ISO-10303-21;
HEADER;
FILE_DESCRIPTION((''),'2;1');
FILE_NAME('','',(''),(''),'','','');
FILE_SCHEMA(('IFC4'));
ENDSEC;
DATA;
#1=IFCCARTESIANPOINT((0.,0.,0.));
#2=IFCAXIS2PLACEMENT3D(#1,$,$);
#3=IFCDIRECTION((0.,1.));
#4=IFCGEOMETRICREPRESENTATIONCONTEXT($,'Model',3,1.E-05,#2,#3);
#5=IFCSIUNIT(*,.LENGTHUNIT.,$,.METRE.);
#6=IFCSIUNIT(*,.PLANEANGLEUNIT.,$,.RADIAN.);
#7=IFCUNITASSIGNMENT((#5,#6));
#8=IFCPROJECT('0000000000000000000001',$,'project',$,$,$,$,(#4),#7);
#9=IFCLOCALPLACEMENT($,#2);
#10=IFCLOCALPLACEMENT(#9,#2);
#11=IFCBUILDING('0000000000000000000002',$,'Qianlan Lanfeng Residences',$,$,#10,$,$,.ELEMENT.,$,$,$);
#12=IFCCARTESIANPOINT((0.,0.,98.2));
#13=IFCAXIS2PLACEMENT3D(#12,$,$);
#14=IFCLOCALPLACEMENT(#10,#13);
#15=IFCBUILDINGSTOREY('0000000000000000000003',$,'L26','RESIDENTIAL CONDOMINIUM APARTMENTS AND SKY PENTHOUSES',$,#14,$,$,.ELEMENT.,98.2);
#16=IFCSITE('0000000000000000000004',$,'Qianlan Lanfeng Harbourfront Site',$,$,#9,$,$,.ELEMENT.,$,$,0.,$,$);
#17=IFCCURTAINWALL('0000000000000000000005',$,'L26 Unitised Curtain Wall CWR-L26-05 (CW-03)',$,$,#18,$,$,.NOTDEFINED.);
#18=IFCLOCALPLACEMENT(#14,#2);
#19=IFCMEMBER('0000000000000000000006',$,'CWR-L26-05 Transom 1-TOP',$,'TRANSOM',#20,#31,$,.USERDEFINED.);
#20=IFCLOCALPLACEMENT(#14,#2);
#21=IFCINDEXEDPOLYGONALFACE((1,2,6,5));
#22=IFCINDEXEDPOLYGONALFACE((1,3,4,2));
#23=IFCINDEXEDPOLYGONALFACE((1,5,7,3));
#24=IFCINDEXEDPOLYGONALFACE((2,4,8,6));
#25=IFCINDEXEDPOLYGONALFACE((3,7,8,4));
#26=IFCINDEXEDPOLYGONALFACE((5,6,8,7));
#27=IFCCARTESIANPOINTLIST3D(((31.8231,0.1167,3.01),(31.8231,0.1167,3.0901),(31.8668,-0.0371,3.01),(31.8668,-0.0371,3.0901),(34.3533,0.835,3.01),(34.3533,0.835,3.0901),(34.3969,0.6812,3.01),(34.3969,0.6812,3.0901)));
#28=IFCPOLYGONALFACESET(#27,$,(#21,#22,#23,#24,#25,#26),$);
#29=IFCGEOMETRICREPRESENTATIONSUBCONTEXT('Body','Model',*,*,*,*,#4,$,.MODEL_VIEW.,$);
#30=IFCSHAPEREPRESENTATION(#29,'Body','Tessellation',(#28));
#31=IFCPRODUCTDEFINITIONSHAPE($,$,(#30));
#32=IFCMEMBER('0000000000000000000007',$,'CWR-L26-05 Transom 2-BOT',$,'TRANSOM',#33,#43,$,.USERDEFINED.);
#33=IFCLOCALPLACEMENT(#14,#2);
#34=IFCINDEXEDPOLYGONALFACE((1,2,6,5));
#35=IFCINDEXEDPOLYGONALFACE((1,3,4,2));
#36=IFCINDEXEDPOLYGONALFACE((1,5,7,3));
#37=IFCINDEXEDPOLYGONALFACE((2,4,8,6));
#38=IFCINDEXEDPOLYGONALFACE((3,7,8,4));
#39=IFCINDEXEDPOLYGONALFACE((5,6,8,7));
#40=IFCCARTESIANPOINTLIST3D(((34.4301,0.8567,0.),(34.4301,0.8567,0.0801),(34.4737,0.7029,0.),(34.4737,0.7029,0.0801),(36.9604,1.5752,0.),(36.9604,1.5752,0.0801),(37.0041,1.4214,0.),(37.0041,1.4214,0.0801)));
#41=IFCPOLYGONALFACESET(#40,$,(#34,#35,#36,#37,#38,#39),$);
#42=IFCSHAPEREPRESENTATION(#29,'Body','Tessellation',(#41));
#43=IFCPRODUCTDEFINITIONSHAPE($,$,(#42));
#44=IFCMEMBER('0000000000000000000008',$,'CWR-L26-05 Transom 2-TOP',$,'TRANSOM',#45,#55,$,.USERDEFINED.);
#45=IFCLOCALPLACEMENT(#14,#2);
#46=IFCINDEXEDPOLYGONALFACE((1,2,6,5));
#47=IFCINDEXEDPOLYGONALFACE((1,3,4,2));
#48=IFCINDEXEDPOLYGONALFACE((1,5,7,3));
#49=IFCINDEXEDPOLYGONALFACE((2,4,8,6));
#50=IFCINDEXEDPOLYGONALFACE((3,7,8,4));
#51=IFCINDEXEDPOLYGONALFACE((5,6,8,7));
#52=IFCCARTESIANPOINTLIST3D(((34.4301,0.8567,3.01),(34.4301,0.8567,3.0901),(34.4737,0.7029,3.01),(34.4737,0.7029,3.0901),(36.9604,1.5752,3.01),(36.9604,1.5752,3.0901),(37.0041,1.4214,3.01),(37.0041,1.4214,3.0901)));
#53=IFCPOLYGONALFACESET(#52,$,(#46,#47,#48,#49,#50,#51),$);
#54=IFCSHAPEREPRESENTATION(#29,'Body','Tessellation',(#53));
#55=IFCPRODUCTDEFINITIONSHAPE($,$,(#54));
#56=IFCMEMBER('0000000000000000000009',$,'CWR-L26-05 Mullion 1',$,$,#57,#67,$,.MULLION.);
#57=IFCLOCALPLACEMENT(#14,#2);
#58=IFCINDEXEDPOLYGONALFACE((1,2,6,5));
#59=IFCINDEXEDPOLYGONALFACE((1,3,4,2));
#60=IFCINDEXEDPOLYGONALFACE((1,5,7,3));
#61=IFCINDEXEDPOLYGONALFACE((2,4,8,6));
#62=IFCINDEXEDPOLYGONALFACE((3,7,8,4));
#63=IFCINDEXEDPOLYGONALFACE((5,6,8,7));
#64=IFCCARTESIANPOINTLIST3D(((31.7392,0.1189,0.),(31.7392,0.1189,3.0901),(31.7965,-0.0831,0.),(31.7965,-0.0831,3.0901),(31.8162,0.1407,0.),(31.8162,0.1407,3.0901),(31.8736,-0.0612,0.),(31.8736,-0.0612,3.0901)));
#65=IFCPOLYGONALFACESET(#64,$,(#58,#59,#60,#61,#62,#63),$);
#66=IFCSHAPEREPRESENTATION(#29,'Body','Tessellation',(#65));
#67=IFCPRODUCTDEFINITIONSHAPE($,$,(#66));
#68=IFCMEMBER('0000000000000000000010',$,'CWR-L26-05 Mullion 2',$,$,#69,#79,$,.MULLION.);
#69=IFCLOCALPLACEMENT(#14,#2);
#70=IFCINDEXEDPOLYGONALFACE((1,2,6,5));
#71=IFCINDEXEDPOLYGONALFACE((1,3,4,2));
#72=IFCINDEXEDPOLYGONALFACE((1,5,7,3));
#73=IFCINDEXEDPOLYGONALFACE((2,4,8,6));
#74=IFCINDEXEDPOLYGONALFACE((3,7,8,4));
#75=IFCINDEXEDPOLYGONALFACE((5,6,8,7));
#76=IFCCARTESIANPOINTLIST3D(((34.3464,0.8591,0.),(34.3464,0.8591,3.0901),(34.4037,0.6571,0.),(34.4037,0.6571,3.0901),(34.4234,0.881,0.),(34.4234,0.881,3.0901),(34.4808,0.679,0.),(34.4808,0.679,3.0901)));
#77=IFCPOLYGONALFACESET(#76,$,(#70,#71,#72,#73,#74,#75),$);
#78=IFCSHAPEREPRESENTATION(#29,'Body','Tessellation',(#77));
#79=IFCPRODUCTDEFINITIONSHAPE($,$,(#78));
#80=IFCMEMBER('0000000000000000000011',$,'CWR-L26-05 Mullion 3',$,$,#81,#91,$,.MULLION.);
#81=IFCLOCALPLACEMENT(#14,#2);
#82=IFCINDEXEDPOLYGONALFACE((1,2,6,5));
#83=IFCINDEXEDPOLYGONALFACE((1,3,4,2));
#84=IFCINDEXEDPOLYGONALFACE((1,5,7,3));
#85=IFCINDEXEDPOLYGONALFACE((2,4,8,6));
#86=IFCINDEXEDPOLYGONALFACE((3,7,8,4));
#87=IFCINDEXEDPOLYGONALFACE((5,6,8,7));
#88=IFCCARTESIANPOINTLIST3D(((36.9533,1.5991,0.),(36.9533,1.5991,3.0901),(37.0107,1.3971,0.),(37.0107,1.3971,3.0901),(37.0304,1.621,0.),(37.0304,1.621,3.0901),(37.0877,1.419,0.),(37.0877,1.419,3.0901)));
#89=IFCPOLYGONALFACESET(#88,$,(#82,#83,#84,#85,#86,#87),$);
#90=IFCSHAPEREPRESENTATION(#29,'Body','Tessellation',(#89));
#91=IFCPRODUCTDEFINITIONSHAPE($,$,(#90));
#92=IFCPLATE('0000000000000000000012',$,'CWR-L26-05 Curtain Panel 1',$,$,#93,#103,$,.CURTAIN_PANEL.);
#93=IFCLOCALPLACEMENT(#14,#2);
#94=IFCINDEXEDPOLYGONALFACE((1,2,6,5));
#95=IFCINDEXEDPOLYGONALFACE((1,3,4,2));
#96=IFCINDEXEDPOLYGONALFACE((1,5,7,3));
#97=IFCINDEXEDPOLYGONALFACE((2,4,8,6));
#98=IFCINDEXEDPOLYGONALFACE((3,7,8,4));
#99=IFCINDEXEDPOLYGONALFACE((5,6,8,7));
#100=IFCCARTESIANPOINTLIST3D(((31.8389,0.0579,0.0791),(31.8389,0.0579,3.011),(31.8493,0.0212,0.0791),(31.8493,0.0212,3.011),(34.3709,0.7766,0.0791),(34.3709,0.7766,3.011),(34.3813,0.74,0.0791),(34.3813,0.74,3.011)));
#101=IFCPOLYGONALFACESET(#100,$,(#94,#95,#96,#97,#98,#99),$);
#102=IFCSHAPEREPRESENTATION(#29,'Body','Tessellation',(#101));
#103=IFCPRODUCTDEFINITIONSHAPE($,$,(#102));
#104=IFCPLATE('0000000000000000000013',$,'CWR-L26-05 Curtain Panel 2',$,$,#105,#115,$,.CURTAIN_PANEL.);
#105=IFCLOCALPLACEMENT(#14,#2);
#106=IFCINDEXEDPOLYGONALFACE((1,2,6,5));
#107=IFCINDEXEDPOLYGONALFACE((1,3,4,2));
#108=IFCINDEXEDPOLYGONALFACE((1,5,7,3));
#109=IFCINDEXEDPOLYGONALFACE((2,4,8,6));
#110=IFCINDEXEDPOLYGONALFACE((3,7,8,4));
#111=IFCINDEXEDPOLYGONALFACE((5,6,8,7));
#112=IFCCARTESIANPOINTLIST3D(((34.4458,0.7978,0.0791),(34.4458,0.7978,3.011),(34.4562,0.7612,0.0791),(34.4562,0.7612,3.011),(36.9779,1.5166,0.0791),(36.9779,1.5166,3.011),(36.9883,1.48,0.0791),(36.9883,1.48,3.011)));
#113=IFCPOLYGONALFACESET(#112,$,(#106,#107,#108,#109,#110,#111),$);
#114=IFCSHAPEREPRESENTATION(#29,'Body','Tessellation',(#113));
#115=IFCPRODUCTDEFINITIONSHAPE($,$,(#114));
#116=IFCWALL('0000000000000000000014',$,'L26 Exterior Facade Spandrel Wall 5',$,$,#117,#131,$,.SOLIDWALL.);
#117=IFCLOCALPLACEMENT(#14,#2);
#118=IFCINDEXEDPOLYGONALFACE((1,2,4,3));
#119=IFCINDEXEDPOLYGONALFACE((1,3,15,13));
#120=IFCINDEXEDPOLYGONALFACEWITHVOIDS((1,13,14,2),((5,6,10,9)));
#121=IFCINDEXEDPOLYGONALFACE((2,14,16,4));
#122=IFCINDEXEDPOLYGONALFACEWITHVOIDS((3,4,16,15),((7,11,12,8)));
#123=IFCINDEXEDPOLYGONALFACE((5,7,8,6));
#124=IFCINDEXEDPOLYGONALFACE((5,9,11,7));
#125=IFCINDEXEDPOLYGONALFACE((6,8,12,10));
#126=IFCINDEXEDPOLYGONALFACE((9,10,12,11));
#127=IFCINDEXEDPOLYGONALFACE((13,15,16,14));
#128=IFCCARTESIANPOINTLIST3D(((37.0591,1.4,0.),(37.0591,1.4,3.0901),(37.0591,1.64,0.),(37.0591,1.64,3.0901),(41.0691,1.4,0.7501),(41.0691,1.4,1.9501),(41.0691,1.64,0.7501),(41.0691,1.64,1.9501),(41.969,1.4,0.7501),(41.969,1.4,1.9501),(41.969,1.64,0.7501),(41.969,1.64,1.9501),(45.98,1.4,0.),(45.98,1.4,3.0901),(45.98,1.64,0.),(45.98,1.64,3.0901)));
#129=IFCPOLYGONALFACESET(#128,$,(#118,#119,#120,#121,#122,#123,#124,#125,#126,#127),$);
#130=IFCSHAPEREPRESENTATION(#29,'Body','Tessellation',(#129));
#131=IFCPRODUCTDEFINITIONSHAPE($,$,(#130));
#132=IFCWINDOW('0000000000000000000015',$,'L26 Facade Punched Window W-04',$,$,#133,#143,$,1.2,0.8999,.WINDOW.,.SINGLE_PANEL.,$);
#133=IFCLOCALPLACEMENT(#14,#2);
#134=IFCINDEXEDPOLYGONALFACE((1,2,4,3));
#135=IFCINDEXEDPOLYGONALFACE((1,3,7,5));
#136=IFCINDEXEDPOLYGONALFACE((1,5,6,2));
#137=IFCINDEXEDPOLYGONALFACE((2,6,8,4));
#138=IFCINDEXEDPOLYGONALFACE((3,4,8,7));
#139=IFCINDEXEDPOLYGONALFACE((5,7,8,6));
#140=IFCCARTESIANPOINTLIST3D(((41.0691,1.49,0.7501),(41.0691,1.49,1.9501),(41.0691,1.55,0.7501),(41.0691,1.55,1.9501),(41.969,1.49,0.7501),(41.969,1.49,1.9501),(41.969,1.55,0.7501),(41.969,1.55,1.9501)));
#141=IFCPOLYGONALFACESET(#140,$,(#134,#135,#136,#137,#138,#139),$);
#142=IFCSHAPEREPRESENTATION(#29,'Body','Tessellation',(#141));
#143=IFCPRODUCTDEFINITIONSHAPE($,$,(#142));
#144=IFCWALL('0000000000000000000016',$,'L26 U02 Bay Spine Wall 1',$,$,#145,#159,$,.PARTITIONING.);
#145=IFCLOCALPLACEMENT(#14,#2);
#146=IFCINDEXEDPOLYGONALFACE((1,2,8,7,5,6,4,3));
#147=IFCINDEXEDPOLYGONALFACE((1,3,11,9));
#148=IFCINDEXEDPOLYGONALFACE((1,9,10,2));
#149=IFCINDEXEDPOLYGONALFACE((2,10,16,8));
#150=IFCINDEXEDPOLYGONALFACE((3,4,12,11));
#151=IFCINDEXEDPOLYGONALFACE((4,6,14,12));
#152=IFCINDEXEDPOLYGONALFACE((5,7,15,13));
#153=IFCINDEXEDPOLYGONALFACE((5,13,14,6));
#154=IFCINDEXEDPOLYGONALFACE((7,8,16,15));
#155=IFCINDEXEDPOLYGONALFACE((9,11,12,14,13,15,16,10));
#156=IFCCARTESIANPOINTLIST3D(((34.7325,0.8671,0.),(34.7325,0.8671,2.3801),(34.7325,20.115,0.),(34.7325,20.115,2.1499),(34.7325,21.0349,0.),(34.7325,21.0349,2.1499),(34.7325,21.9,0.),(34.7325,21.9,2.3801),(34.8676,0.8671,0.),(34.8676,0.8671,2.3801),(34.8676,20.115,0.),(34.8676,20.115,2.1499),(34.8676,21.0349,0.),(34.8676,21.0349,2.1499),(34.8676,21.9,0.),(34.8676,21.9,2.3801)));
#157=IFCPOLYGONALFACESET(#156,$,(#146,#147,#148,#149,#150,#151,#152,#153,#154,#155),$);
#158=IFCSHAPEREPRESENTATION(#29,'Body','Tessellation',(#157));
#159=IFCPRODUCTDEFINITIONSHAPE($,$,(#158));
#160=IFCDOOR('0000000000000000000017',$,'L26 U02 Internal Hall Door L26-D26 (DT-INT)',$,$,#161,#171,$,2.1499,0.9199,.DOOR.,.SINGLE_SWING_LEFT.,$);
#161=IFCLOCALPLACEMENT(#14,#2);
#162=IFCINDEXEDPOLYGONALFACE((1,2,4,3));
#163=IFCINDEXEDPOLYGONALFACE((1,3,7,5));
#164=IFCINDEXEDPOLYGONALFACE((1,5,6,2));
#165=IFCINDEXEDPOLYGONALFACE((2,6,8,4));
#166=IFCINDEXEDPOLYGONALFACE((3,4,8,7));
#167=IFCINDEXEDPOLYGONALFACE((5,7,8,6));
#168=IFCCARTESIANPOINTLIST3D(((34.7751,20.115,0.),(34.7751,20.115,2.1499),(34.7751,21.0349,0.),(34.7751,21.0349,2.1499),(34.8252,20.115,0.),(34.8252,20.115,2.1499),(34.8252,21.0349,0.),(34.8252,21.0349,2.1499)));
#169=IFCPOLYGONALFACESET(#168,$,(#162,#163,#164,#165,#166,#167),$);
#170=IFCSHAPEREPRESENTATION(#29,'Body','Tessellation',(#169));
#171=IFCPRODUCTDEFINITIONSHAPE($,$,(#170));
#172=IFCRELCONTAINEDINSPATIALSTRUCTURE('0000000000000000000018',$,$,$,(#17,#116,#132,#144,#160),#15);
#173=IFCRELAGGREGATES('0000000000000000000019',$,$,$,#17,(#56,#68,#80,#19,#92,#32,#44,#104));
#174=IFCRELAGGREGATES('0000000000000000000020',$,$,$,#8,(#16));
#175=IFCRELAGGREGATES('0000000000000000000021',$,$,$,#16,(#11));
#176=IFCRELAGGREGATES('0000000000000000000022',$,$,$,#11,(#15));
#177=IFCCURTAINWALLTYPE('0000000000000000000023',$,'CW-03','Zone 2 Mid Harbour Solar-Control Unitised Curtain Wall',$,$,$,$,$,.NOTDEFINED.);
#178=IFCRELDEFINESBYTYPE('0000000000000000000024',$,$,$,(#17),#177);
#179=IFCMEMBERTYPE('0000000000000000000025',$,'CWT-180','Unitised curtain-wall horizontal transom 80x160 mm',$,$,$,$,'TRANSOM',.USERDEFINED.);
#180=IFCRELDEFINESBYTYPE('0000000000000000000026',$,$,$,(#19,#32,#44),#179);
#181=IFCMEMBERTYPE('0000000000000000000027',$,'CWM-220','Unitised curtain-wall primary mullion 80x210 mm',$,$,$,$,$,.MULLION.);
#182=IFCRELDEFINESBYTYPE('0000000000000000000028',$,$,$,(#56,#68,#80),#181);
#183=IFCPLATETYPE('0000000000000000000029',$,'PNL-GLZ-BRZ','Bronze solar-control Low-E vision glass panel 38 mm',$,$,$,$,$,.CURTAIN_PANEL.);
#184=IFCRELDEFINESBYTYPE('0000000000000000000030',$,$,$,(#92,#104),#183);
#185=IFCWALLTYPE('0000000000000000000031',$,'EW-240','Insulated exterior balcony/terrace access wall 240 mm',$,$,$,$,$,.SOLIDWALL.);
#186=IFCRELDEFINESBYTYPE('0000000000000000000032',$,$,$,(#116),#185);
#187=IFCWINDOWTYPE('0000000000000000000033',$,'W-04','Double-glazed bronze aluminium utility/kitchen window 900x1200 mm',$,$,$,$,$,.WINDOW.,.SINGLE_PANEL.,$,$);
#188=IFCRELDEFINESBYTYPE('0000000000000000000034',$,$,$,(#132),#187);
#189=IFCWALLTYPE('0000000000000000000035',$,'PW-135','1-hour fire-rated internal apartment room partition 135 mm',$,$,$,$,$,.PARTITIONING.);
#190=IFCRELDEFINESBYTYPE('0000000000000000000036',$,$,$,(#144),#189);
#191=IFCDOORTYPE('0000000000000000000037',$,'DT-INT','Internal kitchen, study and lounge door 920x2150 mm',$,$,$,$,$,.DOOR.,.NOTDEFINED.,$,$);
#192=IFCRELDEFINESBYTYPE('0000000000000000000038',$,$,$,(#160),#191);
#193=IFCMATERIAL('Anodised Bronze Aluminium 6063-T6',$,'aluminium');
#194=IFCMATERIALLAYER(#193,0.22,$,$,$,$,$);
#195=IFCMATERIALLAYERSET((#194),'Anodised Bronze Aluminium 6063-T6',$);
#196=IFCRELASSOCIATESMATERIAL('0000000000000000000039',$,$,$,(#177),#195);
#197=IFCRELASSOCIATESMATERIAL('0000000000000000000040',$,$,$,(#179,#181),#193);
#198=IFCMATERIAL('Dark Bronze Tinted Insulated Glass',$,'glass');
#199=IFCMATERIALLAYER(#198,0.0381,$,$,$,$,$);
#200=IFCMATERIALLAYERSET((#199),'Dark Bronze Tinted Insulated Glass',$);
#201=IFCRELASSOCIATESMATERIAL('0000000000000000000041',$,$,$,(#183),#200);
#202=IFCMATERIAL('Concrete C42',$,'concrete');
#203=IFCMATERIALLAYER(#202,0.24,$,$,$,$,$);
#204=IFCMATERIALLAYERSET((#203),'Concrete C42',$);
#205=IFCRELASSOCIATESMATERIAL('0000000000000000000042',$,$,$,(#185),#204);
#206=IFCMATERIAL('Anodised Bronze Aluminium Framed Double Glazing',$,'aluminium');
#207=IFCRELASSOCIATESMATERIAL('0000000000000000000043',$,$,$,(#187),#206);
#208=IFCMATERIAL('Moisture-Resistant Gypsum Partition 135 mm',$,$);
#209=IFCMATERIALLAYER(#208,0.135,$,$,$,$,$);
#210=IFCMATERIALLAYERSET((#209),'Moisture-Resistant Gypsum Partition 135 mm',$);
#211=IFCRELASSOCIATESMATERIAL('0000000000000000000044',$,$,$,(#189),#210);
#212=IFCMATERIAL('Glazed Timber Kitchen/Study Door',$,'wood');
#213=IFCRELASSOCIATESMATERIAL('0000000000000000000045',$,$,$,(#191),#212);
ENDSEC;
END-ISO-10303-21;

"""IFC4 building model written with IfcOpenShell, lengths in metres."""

from ifc_helpers import new_model, si_unit, direction, frame, frame_2d, origin, origin_2d, place, context, subcontext, project, spatial, rectangle, extrude, source, transform, mapped, material, layer, layer_set, material_profile, profile_set, type_object, element, fill, aggregate, save


model = new_model("IFC4")

# Units and contexts
model_context = context("Model", 3, precision=1e-05, world=origin(), true_north=direction((0.0, 1.0)))
body_context = subcontext(model_context, "Body", "Model", "MODEL_VIEW")
ifc_project = project(units=[si_unit("LENGTHUNIT", "METRE"), si_unit("PLANEANGLEUNIT", "RADIAN")], contexts=[model_context])

# Site, building, storey
site_placement = place(None, origin())
site = spatial("IfcSite", under=ifc_project, at=site_placement, Name="Qianlan Lanfeng Harbourfront Site", CompositionType="ELEMENT", RefElevation=0.0)
building_placement = place(site_placement, origin())
building = spatial("IfcBuilding", under=site, at=building_placement, Name="Qianlan Lanfeng Residences", CompositionType="ELEMENT")
storey_placement = place(building_placement, frame((0.0, 0.0, 98.2)))
storey = spatial("IfcBuildingStorey", under=building, at=storey_placement, Name="L26", Description="RESIDENTIAL CONDOMINIUM APARTMENTS AND SKY PENTHOUSES", CompositionType="ELEMENT", Elevation=98.2)

# Curtain wall, members, plates
ifc_material_1 = material(Name="Anodised Bronze Aluminium 6063-T6", Category="aluminium")
ifc_layer_1 = layer(ifc_material_1, 0.22)
ifc_layer_set_1 = layer_set([ifc_layer_1], Name="Anodised Bronze Aluminium 6063-T6")
curtain_wall_type = type_object("IfcCurtainWallType", Name="CW-03", Description="Zone 2 Mid Harbour Solar-Control Unitised Curtain Wall", PredefinedType="NOTDEFINED", material=ifc_layer_set_1)
curtain_wall_placement = place(storey_placement, origin())
curtain_wall = element("IfcCurtainWall", 1, at=curtain_wall_placement, inside=storey, type_object=curtain_wall_type, Name="L26 Unitised Curtain Wall CWR-L26-05 (CW-03)", PredefinedType="NOTDEFINED")
ifc_material_profile_1 = material_profile(ifc_material_1, rectangle(XDim=0.0801, YDim=0.1599, at=origin_2d()), Name="ALU TRANSOM 80x160")
ifc_profile_set_1 = profile_set([ifc_material_profile_1], Name="Anodised Bronze Aluminium 6063-T6")
member_type_1 = type_object("IfcMemberType", Name="CWT-180", Description="Unitised curtain-wall horizontal transom 80x160 mm", ElementType="TRANSOM", PredefinedType="USERDEFINED", material=ifc_profile_set_1)
shared_shape_1 = source(origin(), body_context, "Body", "SweptSolid", [
    extrude(rectangle(XDim=0.0801, YDim=0.1599, at=origin_2d()), origin(), (0.0, 0.0, 1.0), 2.6301),
])
member_1_placement = place(storey_placement, frame((31.845, 0.0398, 3.05), z_axis=(0.961985, 0.273102, 0.0), x_axis=(0.0, 0.0, 1.0)))
member_1 = element("IfcMember", 2, at=member_1_placement, type_object=member_type_1, Name="CWR-L26-05 Transom 1-TOP", ObjectType="TRANSOM", PredefinedType="USERDEFINED", context=body_context, shape_type="MappedRepresentation", body=[
    mapped(shared_shape_1, transform((0.0, 0.0, 0.0), scale=1.0)),
])
shared_shape_2 = source(origin(), body_context, "Body", "SweptSolid", [
    extrude(rectangle(XDim=0.0801, YDim=0.1599, at=origin_2d()), origin(), (0.0, 0.0, 1.0), 2.6304),
])
member_2_placement = place(storey_placement, frame((34.4519, 0.7798, 0.04), z_axis=(0.961968, 0.273164, 0.0), x_axis=(0.0, 0.0, 1.0)))
member_2 = element("IfcMember", 3, at=member_2_placement, type_object=member_type_1, Name="CWR-L26-05 Transom 2-BOT", ObjectType="TRANSOM", PredefinedType="USERDEFINED", context=body_context, shape_type="MappedRepresentation", body=[
    mapped(shared_shape_2, transform((0.0, 0.0, 0.0), scale=1.0)),
])
member_3_placement = place(storey_placement, frame((34.4519, 0.7798, 3.05), z_axis=(0.961968, 0.273164, 0.0), x_axis=(0.0, 0.0, 1.0)))
member_3 = element("IfcMember", 4, at=member_3_placement, type_object=member_type_1, Name="CWR-L26-05 Transom 2-TOP", ObjectType="TRANSOM", PredefinedType="USERDEFINED", context=body_context, shape_type="MappedRepresentation", body=[
    mapped(shared_shape_2, transform((0.0, 0.0, 0.0), scale=1.0)),
])
ifc_material_profile_2 = material_profile(ifc_material_1, rectangle(XDim=0.0801, YDim=0.21, at=origin_2d()), Name="ALU MULLION 80x210")
ifc_profile_set_2 = profile_set([ifc_material_profile_2], Name="Anodised Bronze Aluminium 6063-T6")
member_type_2 = type_object("IfcMemberType", Name="CWM-220", Description="Unitised curtain-wall primary mullion 80x210 mm", PredefinedType="MULLION", material=ifc_profile_set_2)
shared_shape_3 = source(origin(), body_context, "Body", "SweptSolid", [
    extrude(rectangle(XDim=0.0801, YDim=0.21, at=origin_2d()), origin(), (0.0, 0.0, 1.0), 3.0901),
])
member_4_placement = place(storey_placement, frame((31.8064, 0.0288, 0.0), z_axis=(0.0, 0.0, 1.0), x_axis=(0.961989, 0.273088, 0.0)))
member_4 = element("IfcMember", 5, at=member_4_placement, type_object=member_type_2, Name="CWR-L26-05 Mullion 1", PredefinedType="MULLION", context=body_context, shape_type="MappedRepresentation", body=[
    mapped(shared_shape_3, transform((0.0, 0.0, 0.0), scale=1.0)),
])
member_5_placement = place(storey_placement, frame((34.4136, 0.769, 0.0), z_axis=(0.0, 0.0, 1.0), x_axis=(0.961989, 0.273088, 0.0)))
member_5 = element("IfcMember", 6, at=member_5_placement, type_object=member_type_2, Name="CWR-L26-05 Mullion 2", PredefinedType="MULLION", context=body_context, shape_type="MappedRepresentation", body=[
    mapped(shared_shape_3, transform((0.0, 0.0, 0.0), scale=1.0)),
])
member_6_placement = place(storey_placement, frame((37.0205, 1.509, 0.0), z_axis=(0.0, 0.0, 1.0), x_axis=(0.961989, 0.273088, 0.0)))
member_6 = element("IfcMember", 7, at=member_6_placement, type_object=member_type_2, Name="CWR-L26-05 Mullion 3", PredefinedType="MULLION", context=body_context, shape_type="MappedRepresentation", body=[
    mapped(shared_shape_3, transform((0.0, 0.0, 0.0), scale=1.0)),
])
ifc_material_2 = material(Name="Dark Bronze Tinted Insulated Glass", Category="glass")
ifc_layer_2 = layer(ifc_material_2, 0.0381)
ifc_layer_set_2 = layer_set([ifc_layer_2], Name="Dark Bronze Tinted Insulated Glass")
plate_type = type_object("IfcPlateType", Name="PNL-GLZ-BRZ", Description="Bronze solar-control Low-E vision glass panel 38 mm", PredefinedType="CURTAIN_PANEL", material=ifc_layer_set_2)
shared_shape_4 = source(origin(), body_context, "Body", "SweptSolid", [
    extrude(rectangle(XDim=2.6321, YDim=0.0381, at=origin_2d()), origin(), (0.0, 0.0, 1.0), 2.9319),
])
plate_1_placement = place(storey_placement, frame((33.1101, 0.3989, 0.0791), z_axis=(0.0, 0.0, 1.0), x_axis=(0.961989, 0.273088, 0.0)))
plate_1 = element("IfcPlate", 8, at=plate_1_placement, type_object=plate_type, Name="CWR-L26-05 Curtain Panel 1", PredefinedType="CURTAIN_PANEL", context=body_context, shape_type="MappedRepresentation", body=[
    mapped(shared_shape_4, transform((0.0, 0.0, 0.0), scale=1.0)),
])
plate_2_placement = place(storey_placement, frame((35.717, 1.1389, 0.0791), z_axis=(0.0, 0.0, 1.0), x_axis=(0.961989, 0.273088, 0.0)))
plate_2 = element("IfcPlate", 9, at=plate_2_placement, type_object=plate_type, Name="CWR-L26-05 Curtain Panel 2", PredefinedType="CURTAIN_PANEL", context=body_context, shape_type="MappedRepresentation", body=[
    mapped(shared_shape_4, transform((0.0, 0.0, 0.0), scale=1.0)),
])
aggregate(curtain_wall, [member_4, member_5, member_6, member_1, plate_1, member_2, member_3, plate_2])

# Wall, opening, window
ifc_material_3 = material(Name="Concrete C42", Category="concrete")
ifc_layer_3 = layer(ifc_material_3, 0.24)
ifc_layer_set_3 = layer_set([ifc_layer_3], Name="Concrete C42")
wall_type_1 = type_object("IfcWallType", Name="EW-240", Description="Insulated exterior balcony/terrace access wall 240 mm", PredefinedType="SOLIDWALL", material=ifc_layer_set_3)
wall_1_placement = place(storey_placement, frame((37.0591, 1.52, 0.0), z_axis=(0.0, 0.0, 1.0), x_axis=(1.0, 0.0, 0.0)))
wall_1 = element("IfcWall", 10, at=wall_1_placement, inside=storey, type_object=wall_type_1, Name="L26 Exterior Facade Spandrel Wall 5", PredefinedType="SOLIDWALL", context=body_context, shape_type="SweptSolid", body=[
    extrude(rectangle(XDim=8.9209, YDim=0.24, at=frame_2d((4.4604, 0.0))), origin(), (0.0, 0.0, 1.0), 3.0901),
])
opening_1_placement = place(wall_1_placement, frame((4.01, 0.0, 0.75)))
opening_1 = element("IfcOpeningElement", 11, at=opening_1_placement, cuts=wall_1, PredefinedType="OPENING", context=body_context, shape_type="SweptSolid", body=[
    extrude(rectangle(XDim=0.8999, YDim=1.2, at=frame_2d((0.45, 0.6001))), frame((0.0, 0.1299, 0.0), z_axis=(0.0, -1.0, 0.0), x_axis=(1.0, 0.0, 0.0)), (0.0, 0.0, 1.0), 0.26),
])
ifc_material_4 = material(Name="Anodised Bronze Aluminium Framed Double Glazing", Category="aluminium")
window_type = type_object("IfcWindowType", Name="W-04", Description="Double-glazed bronze aluminium utility/kitchen window 900x1200 mm", PartitioningType="SINGLE_PANEL", PredefinedType="WINDOW", material=ifc_material_4)
window_placement = place(opening_1_placement, origin())
window = element("IfcWindow", 12, at=window_placement, inside=storey, type_object=window_type, Name="L26 Facade Punched Window W-04", OverallHeight=1.2, OverallWidth=0.8999, PartitioningType="SINGLE_PANEL", PredefinedType="WINDOW", context=body_context, shape_type="SweptSolid", body=[
    extrude(rectangle(XDim=0.8999, YDim=1.2, at=frame_2d((0.45, 0.6001))), frame((0.0, 0.03, 0.0), z_axis=(0.0, -1.0, 0.0), x_axis=(1.0, 0.0, 0.0)), (0.0, 0.0, 1.0), 0.0601),
])
fill(opening_1, window)

# Wall, opening, door
ifc_material_5 = material(Name="Moisture-Resistant Gypsum Partition 135 mm")
ifc_layer_4 = layer(ifc_material_5, 0.135)
ifc_layer_set_4 = layer_set([ifc_layer_4], Name="Moisture-Resistant Gypsum Partition 135 mm")
wall_type_2 = type_object("IfcWallType", Name="PW-135", Description="1-hour fire-rated internal apartment room partition 135 mm", PredefinedType="PARTITIONING", material=ifc_layer_set_4)
wall_2_placement = place(storey_placement, frame((34.8, 0.8669, 0.0), z_axis=(0.0, 0.0, 1.0), x_axis=(0.0, 1.0, 0.0)))
wall_2 = element("IfcWall", 13, at=wall_2_placement, inside=storey, type_object=wall_type_2, Name="L26 U02 Bay Spine Wall 1", PredefinedType="PARTITIONING", context=body_context, shape_type="SweptSolid", body=[
    extrude(rectangle(XDim=21.033, YDim=0.135, at=frame_2d((10.5166, 0.0))), origin(), (0.0, 0.0, 1.0), 2.3801),
])
opening_2_placement = place(wall_2_placement, frame((19.248, 0.0, 0.0)))
opening_2 = element("IfcOpeningElement", 14, at=opening_2_placement, cuts=wall_2, PredefinedType="OPENING", context=body_context, shape_type="SweptSolid", body=[
    extrude(rectangle(XDim=0.9199, YDim=2.1499, at=frame_2d((0.46, 1.075))), frame((0.0, 0.0776, 0.0), z_axis=(0.0, -1.0, 0.0), x_axis=(1.0, 0.0, 0.0)), (0.0, 0.0, 1.0), 0.155),
])
ifc_material_6 = material(Name="Glazed Timber Kitchen/Study Door", Category="wood")
door_type_1 = type_object("IfcDoorType", Name="DT-INT", Description="Internal kitchen, study and lounge door 920x2150 mm", OperationType="NOTDEFINED", PredefinedType="DOOR", material=ifc_material_6)
door_1_placement = place(opening_2_placement, origin())
door_1 = element("IfcDoor", 15, at=door_1_placement, inside=storey, type_object=door_type_1, Name="L26 U02 Internal Hall Door L26-D26 (DT-INT)", OperationType="SINGLE_SWING_LEFT", OverallHeight=2.1499, OverallWidth=0.9199, PredefinedType="DOOR", context=body_context, shape_type="SweptSolid", body=[
    extrude(rectangle(XDim=0.9199, YDim=2.1499, at=frame_2d((0.46, 1.075))), frame((0.0, 0.0249, 0.0), z_axis=(0.0, -1.0, 0.0), x_axis=(1.0, 0.0, 0.0)), (0.0, 0.0, 1.0), 0.05),
])
fill(opening_2, door_1)

save(model, "model.ifc")
